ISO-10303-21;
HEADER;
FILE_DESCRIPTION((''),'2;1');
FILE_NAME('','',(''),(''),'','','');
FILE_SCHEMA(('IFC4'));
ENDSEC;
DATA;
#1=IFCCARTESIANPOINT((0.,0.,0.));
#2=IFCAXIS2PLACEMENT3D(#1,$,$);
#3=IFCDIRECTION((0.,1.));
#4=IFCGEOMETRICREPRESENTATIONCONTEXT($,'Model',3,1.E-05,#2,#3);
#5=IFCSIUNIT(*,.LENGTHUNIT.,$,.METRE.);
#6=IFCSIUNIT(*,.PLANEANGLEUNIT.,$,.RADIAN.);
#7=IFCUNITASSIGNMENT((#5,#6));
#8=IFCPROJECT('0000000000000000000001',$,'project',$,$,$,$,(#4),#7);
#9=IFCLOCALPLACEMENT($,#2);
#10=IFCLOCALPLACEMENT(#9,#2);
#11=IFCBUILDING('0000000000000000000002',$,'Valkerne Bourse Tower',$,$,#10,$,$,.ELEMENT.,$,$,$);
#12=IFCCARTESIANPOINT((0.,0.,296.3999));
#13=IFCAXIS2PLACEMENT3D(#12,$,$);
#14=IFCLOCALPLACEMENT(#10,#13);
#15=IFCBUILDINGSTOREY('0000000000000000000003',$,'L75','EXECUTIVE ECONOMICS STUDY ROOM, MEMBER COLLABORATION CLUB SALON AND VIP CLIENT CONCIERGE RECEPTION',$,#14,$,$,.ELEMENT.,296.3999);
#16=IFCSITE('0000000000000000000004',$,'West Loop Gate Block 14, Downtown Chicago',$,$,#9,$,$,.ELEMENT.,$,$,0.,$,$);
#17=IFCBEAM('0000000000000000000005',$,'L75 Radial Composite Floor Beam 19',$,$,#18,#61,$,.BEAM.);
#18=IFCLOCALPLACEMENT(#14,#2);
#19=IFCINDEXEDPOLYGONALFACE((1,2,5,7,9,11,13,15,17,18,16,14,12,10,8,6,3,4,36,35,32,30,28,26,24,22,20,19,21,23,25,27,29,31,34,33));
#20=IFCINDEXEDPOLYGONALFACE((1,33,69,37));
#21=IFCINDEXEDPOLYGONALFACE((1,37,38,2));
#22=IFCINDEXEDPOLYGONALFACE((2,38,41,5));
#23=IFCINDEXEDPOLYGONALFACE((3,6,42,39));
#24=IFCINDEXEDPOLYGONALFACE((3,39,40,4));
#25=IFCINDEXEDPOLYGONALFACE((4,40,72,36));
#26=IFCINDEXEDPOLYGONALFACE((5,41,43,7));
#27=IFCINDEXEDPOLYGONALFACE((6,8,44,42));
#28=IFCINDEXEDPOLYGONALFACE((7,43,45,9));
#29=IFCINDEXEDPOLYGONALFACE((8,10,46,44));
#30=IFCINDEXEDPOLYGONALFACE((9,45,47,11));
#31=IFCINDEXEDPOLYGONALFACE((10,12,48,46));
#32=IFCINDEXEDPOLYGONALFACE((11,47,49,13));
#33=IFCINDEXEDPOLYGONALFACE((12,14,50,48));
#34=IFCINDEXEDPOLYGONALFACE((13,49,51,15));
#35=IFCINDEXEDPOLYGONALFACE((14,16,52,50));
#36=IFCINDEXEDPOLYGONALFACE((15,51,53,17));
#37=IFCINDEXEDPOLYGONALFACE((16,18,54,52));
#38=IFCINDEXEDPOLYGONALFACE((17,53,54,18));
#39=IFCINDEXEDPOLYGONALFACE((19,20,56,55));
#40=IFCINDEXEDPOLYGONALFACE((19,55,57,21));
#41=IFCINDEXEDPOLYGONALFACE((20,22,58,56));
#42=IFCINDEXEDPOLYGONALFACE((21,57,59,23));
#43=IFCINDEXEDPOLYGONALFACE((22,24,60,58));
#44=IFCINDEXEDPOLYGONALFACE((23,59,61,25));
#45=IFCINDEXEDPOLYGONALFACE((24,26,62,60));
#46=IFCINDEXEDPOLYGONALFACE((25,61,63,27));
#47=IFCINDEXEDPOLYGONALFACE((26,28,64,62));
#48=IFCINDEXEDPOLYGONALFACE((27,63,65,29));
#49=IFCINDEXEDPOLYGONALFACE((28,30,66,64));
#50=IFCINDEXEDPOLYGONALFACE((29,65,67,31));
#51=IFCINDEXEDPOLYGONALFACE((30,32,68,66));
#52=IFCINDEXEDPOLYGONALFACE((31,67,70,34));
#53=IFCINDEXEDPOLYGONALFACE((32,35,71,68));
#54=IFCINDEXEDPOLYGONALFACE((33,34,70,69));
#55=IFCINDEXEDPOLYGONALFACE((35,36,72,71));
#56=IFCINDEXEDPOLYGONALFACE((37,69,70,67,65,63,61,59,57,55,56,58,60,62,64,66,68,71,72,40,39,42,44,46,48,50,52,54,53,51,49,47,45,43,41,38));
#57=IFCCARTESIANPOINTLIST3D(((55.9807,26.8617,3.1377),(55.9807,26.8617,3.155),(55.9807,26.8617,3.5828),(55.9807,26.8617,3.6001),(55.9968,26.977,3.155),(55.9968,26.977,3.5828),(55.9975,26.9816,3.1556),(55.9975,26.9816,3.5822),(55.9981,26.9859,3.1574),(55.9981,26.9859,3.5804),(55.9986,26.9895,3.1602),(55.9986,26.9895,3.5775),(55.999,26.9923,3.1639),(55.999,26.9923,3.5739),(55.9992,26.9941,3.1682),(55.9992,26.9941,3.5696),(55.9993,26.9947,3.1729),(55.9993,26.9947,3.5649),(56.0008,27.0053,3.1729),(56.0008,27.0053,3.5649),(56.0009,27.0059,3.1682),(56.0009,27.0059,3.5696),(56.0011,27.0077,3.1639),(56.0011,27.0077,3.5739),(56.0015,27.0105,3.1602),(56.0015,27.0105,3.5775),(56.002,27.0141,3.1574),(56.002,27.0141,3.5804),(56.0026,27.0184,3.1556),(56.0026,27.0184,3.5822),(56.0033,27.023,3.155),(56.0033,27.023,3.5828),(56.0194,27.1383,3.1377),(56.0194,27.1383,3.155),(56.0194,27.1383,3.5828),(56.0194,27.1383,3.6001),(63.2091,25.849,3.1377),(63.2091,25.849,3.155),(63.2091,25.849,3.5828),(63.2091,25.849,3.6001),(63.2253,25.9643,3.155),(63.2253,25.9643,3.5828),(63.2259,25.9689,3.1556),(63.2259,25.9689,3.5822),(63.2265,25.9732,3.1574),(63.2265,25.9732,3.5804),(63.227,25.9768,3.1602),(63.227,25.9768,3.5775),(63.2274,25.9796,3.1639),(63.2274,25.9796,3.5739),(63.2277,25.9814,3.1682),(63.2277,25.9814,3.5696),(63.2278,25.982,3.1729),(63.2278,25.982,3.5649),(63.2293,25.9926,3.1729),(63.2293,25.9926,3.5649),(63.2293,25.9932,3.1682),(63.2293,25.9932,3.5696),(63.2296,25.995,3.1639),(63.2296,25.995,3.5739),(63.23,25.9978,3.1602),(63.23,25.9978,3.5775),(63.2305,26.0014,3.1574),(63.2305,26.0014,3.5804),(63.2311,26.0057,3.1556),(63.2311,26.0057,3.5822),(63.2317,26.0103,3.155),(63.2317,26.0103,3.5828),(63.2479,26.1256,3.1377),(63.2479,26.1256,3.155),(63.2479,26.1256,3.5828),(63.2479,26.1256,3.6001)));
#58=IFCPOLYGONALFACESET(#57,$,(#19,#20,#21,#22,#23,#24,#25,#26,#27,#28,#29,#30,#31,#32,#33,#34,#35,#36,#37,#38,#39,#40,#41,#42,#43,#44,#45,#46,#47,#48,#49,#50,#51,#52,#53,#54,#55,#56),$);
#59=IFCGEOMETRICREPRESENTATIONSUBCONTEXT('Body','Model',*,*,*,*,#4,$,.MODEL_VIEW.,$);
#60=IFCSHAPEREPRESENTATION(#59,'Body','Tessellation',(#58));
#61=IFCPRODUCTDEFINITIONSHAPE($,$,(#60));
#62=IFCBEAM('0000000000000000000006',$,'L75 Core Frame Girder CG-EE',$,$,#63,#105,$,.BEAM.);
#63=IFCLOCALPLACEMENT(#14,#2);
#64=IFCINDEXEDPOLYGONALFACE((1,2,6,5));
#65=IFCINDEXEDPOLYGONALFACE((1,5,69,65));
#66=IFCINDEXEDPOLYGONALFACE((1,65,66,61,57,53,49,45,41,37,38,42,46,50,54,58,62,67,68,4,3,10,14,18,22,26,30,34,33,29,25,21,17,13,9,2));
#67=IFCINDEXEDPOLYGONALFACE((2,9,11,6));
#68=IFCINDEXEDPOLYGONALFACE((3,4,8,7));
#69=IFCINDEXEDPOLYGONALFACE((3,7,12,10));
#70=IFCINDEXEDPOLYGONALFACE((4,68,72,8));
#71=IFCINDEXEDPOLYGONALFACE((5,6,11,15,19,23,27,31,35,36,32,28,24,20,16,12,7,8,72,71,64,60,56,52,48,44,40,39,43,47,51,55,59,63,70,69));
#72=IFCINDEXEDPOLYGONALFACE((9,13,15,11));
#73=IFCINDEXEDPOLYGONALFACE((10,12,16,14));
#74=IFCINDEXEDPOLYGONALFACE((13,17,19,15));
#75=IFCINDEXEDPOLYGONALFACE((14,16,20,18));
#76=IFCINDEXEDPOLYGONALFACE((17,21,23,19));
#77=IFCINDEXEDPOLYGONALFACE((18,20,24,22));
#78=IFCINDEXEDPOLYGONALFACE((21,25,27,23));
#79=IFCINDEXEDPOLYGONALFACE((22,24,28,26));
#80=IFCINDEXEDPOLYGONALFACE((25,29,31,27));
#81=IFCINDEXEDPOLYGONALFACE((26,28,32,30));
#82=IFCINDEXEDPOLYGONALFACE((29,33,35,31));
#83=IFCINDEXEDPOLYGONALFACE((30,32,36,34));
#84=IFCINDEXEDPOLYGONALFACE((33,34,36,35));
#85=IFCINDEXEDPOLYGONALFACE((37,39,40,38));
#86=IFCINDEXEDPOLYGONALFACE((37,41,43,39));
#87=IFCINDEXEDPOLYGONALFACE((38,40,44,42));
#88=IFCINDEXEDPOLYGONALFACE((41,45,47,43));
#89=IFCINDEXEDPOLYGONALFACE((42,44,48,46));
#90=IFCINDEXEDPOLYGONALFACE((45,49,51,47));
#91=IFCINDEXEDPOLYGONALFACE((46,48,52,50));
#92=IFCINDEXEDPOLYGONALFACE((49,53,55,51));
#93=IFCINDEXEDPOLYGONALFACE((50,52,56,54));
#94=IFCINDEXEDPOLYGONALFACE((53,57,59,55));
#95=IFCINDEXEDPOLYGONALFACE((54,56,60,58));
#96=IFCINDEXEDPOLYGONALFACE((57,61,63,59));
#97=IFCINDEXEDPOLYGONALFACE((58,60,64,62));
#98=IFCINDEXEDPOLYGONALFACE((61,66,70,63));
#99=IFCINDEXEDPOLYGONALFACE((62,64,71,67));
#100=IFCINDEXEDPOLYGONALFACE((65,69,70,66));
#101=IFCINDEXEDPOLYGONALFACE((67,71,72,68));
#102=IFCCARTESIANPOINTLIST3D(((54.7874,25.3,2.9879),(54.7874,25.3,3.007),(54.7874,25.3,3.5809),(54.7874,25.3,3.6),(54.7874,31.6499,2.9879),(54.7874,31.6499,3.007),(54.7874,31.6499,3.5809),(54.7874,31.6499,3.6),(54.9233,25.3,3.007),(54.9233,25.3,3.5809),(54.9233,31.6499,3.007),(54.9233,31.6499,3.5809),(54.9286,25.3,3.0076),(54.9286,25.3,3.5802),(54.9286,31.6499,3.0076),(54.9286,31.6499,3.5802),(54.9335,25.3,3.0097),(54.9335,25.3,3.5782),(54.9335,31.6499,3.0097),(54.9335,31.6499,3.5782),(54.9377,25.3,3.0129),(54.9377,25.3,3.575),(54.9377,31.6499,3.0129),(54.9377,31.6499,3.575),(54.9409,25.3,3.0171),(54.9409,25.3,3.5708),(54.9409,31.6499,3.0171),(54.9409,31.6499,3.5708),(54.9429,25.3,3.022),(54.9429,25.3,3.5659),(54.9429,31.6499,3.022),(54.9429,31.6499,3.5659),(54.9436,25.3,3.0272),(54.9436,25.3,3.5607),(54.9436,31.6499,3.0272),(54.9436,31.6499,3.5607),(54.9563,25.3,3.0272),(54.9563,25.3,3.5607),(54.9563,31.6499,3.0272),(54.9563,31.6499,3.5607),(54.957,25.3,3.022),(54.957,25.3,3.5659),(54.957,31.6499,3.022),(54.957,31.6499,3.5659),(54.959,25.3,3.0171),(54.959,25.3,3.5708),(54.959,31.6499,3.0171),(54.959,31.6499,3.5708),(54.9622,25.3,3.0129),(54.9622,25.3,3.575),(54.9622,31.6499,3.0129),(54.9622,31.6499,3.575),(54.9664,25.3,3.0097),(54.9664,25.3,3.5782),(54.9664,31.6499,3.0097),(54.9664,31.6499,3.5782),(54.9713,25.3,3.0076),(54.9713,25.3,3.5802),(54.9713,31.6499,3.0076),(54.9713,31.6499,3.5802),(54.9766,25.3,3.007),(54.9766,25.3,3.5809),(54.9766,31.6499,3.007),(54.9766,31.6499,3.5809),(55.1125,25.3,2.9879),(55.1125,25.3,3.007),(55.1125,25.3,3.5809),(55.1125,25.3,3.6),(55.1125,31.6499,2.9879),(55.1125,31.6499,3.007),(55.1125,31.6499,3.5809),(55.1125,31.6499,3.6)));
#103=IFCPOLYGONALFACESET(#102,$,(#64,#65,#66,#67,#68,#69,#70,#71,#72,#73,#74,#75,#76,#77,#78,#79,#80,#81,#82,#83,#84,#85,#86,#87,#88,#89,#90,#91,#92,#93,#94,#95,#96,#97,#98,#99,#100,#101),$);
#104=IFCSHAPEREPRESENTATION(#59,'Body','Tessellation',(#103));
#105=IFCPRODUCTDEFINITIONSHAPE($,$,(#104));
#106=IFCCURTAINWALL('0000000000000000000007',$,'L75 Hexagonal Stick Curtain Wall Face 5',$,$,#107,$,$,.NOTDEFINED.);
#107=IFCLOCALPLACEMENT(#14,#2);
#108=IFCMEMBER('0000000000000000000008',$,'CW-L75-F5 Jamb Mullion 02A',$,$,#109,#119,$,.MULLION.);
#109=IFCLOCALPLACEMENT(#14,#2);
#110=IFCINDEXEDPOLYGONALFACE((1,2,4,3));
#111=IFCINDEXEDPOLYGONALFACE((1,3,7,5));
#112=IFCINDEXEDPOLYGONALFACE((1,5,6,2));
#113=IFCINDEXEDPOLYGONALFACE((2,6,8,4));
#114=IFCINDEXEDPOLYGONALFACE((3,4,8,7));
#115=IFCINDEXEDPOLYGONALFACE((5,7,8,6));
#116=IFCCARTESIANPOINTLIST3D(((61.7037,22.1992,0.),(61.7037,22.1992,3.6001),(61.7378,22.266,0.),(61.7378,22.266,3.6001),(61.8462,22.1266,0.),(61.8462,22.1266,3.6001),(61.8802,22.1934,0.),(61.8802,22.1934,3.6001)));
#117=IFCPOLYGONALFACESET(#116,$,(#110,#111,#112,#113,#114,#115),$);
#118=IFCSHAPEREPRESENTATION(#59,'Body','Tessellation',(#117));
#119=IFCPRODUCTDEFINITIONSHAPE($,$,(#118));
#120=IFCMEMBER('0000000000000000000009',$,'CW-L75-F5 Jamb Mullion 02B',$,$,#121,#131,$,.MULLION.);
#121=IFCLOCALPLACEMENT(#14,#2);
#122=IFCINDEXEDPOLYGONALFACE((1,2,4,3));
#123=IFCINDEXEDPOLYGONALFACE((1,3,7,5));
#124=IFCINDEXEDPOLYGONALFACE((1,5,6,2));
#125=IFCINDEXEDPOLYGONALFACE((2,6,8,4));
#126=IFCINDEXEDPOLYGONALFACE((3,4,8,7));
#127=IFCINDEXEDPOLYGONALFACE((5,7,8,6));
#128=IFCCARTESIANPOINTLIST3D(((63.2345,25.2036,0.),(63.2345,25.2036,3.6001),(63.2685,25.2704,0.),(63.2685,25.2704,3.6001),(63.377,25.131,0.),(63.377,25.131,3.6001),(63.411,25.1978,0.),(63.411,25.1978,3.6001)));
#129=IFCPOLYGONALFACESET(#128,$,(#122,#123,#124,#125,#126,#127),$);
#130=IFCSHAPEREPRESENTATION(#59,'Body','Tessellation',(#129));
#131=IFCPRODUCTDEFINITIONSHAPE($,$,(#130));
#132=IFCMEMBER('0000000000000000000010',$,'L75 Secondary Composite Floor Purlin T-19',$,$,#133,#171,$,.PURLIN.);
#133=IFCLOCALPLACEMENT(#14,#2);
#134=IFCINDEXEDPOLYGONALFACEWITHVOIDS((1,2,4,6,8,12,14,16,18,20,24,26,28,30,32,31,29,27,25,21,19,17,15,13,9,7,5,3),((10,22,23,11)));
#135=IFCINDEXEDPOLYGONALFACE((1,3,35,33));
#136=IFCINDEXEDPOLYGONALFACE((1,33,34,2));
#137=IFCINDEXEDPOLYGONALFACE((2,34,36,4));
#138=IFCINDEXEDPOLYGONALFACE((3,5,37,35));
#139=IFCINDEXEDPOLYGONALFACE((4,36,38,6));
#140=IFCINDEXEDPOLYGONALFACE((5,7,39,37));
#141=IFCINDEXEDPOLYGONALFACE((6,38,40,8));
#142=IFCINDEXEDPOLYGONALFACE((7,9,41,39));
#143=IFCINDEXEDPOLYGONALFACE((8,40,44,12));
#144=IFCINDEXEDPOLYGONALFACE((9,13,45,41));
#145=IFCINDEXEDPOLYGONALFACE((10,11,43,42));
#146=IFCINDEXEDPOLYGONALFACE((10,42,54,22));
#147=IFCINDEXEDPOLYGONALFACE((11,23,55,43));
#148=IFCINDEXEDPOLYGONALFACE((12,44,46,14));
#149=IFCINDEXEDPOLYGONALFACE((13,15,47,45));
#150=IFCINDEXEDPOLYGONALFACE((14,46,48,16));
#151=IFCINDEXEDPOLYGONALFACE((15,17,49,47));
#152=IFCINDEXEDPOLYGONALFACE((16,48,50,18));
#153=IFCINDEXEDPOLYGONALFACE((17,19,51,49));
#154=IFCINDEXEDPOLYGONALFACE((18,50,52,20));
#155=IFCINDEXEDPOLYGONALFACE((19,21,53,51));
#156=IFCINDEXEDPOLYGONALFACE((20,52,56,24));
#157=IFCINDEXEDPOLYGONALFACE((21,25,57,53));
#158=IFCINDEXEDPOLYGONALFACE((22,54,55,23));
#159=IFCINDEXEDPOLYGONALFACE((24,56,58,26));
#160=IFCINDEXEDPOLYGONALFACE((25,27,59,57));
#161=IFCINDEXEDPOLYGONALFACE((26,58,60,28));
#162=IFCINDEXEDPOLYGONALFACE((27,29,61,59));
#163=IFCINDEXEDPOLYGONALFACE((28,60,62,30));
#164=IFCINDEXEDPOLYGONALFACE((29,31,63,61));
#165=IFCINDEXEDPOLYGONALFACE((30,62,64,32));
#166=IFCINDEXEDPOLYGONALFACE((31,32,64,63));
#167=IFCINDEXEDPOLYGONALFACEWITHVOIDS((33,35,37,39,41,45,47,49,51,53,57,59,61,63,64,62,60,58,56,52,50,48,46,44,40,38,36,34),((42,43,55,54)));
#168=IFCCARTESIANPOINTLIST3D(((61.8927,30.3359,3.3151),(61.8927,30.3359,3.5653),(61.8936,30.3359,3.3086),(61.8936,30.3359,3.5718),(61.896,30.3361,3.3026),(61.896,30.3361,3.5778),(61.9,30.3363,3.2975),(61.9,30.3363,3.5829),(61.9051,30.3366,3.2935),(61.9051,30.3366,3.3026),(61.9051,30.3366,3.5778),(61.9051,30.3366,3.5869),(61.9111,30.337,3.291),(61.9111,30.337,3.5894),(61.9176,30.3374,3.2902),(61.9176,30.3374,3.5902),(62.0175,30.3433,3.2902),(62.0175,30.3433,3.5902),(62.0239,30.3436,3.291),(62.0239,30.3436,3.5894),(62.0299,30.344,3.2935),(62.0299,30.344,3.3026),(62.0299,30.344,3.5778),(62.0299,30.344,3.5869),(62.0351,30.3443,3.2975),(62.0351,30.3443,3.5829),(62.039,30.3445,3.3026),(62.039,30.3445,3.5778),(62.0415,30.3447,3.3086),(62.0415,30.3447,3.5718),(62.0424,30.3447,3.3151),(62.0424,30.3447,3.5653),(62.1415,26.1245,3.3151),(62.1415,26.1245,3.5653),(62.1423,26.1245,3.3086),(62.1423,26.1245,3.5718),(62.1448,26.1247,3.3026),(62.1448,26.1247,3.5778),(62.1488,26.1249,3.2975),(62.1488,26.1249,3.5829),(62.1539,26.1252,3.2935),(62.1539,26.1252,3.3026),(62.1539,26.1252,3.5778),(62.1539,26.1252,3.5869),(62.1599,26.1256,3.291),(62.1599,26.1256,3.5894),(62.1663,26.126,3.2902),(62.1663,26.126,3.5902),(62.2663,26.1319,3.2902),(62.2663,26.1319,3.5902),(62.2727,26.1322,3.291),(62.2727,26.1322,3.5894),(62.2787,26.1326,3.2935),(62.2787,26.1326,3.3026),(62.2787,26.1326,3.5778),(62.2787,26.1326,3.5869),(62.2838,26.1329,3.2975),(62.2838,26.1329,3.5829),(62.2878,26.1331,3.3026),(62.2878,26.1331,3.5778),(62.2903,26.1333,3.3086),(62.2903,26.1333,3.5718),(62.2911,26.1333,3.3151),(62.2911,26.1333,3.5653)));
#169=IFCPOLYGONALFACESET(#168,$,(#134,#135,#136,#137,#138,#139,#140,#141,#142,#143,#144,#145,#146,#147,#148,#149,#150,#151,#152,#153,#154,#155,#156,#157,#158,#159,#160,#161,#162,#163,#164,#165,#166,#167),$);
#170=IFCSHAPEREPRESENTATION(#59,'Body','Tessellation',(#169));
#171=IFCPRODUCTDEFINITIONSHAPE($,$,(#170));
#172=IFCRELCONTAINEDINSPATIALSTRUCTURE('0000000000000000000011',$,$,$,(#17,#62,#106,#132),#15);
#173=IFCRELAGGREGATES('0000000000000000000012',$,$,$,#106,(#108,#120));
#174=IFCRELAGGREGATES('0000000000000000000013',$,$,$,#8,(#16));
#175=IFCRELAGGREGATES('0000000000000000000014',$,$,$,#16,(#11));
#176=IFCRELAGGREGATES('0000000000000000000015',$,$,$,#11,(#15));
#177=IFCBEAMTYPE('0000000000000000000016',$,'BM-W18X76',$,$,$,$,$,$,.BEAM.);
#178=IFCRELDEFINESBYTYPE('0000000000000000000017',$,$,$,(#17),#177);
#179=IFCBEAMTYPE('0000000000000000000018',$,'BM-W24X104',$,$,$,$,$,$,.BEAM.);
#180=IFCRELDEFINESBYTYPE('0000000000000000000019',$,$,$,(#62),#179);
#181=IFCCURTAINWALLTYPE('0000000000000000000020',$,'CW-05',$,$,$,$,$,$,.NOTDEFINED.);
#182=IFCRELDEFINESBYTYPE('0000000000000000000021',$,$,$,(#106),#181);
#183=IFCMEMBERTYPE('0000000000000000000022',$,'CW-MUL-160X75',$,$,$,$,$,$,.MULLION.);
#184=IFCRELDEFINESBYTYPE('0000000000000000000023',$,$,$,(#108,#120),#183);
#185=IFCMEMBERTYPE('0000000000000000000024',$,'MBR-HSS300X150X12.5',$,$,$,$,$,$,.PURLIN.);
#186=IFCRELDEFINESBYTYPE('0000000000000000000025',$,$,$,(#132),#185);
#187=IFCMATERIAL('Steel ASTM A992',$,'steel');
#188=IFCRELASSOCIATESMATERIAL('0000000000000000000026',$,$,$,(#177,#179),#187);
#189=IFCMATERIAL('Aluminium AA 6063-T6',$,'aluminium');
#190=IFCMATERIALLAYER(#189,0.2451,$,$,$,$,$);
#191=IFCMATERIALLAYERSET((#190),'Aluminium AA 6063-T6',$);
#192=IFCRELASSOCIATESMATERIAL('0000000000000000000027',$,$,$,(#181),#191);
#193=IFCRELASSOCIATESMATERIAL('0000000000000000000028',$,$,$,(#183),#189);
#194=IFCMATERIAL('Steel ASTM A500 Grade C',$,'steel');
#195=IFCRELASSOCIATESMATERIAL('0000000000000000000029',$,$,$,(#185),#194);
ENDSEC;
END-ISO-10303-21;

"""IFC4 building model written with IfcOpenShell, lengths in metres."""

from ifc_helpers import new_model, si_unit, direction, frame, origin, origin_2d, place, context, subcontext, project, spatial, rectangle, hollow_rectangle, i_section, extrude, material, layer, layer_set, material_profile, profile_set, type_object, element, aggregate, save


model = new_model("IFC4")

# Units and contexts
model_context = context("Model", 3, precision=1e-05, world=origin(), true_north=direction((0.0, 1.0)))
body_context = subcontext(model_context, "Body", "Model", "MODEL_VIEW")
ifc_project = project(units=[si_unit("LENGTHUNIT", "METRE"), si_unit("PLANEANGLEUNIT", "RADIAN")], contexts=[model_context])

# Site, building, storey
site_placement = place(None, origin())
site = spatial("IfcSite", under=ifc_project, at=site_placement, Name="West Loop Gate Block 14, Downtown Chicago", CompositionType="ELEMENT", RefElevation=0.0)
building_placement = place(site_placement, origin())
building = spatial("IfcBuilding", under=site, at=building_placement, Name="Valkerne Bourse Tower", CompositionType="ELEMENT")
storey_placement = place(building_placement, frame((0.0, 0.0, 296.3999)))
storey = spatial("IfcBuildingStorey", under=building, at=storey_placement, Name="L75", Description="EXECUTIVE ECONOMICS STUDY ROOM, MEMBER COLLABORATION CLUB SALON AND VIP CLIENT CONCIERGE RECEPTION", CompositionType="ELEMENT", Elevation=296.3999)

# Shared definitions
ifc_material_1 = material(Name="Steel ASTM A500 Grade C", Category="steel")

# Beams
ifc_material_2 = material(Name="Steel ASTM A992", Category="steel")
ifc_material_profile_1 = material_profile(ifc_material_2, i_section(OverallWidth=0.2793, OverallDepth=0.4624, WebThickness=0.0107, FlangeThickness=0.0173, FilletRadius=0.0178, at=origin_2d()), Name="W18X76")
ifc_profile_set_1 = profile_set([ifc_material_profile_1], Name="Steel ASTM A992")
beam_type_1 = type_object("IfcBeamType", Name="BM-W18X76", PredefinedType="BEAM", material=ifc_profile_set_1)
beam_1_placement = place(storey_placement, frame((63.2285, 25.9873, 3.3689), z_axis=(-0.990329, 0.138742, 0.0), x_axis=(-0.138742, -0.990329, 0.0)))
element("IfcBeam", 1, at=beam_1_placement, inside=storey, type_object=beam_type_1, Name="L75 Radial Composite Floor Beam 19", PredefinedType="BEAM", context=body_context, shape_type="SweptSolid", body=[
    extrude(i_section(OverallWidth=0.2793, OverallDepth=0.4624, WebThickness=0.0107, FlangeThickness=0.0173, FilletRadius=0.0178, at=origin_2d()), origin(), (0.0, 0.0, 1.0), 7.2991),
])
ifc_material_profile_2 = material_profile(ifc_material_2, i_section(OverallWidth=0.3252, OverallDepth=0.6121, WebThickness=0.0127, FlangeThickness=0.019, FilletRadius=0.0203, at=origin_2d()), Name="W24X104")
ifc_profile_set_2 = profile_set([ifc_material_profile_2], Name="Steel ASTM A992")
beam_type_2 = type_object("IfcBeamType", Name="BM-W24X104", PredefinedType="BEAM", material=ifc_profile_set_2)
beam_2_placement = place(storey_placement, frame((54.95, 25.3, 3.2939), z_axis=(0.0, 1.0, 0.0), x_axis=(-1.0, 0.0, 0.0)))
element("IfcBeam", 2, at=beam_2_placement, inside=storey, type_object=beam_type_2, Name="L75 Core Frame Girder CG-EE", PredefinedType="BEAM", context=body_context, shape_type="SweptSolid", body=[
    extrude(i_section(OverallWidth=0.3252, OverallDepth=0.6121, WebThickness=0.0127, FlangeThickness=0.019, FilletRadius=0.0203, at=origin_2d()), origin(), (0.0, 0.0, 1.0), 6.3499),
])

# Curtain wall, members
ifc_material_3 = material(Name="Aluminium AA 6063-T6", Category="aluminium")
ifc_layer_1 = layer(ifc_material_3, 0.2451)
ifc_layer_set_1 = layer_set([ifc_layer_1], Name="Aluminium AA 6063-T6")
curtain_wall_type = type_object("IfcCurtainWallType", Name="CW-05", PredefinedType="NOTDEFINED", material=ifc_layer_set_1)
curtain_wall_placement = place(storey_placement, origin())
curtain_wall = element("IfcCurtainWall", 3, at=curtain_wall_placement, inside=storey, type_object=curtain_wall_type, Name="L75 Hexagonal Stick Curtain Wall Face 5", PredefinedType="NOTDEFINED")
ifc_material_profile_3 = material_profile(ifc_material_3, rectangle(XDim=0.075, YDim=0.1599, at=origin_2d()), Name="CWM-75X160")
ifc_profile_set_3 = profile_set([ifc_material_profile_3], Name="Aluminium AA 6063-T6")
member_type_1 = type_object("IfcMemberType", Name="CW-MUL-160X75", PredefinedType="MULLION", material=ifc_profile_set_3)
member_1_placement = place(storey_placement, frame((61.792, 22.1963, 0.0), z_axis=(0.0, 0.0, 1.0), x_axis=(0.453991, 0.891006, 0.0)))
member_1 = element("IfcMember", 4, at=member_1_placement, type_object=member_type_1, Name="CW-L75-F5 Jamb Mullion 02A", PredefinedType="MULLION", context=body_context, shape_type="SweptSolid", body=[
    extrude(rectangle(XDim=0.075, YDim=0.1599, at=origin_2d()), origin(), (0.0, 0.0, 1.0), 3.6001),
])
member_2_placement = place(storey_placement, frame((63.3228, 25.2007, 0.0), z_axis=(0.0, 0.0, 1.0), x_axis=(0.453991, 0.891006, 0.0)))
member_2 = element("IfcMember", 5, at=member_2_placement, type_object=member_type_1, Name="CW-L75-F5 Jamb Mullion 02B", PredefinedType="MULLION", context=body_context, shape_type="SweptSolid", body=[
    extrude(rectangle(XDim=0.075, YDim=0.1599, at=origin_2d()), origin(), (0.0, 0.0, 1.0), 3.6001),
])

# Member
ifc_material_profile_4 = material_profile(ifc_material_1, hollow_rectangle(XDim=0.1499, YDim=0.3, WallThickness=0.0125, OuterFilletRadius=0.0249, at=origin_2d()), Name="HSS300X150X12.5")
ifc_profile_set_4 = profile_set([ifc_material_profile_4], Name="Steel ASTM A500 Grade C")
member_type_2 = type_object("IfcMemberType", Name="MBR-HSS300X150X12.5", PredefinedType="PURLIN", material=ifc_profile_set_4)
member_3_placement = place(storey_placement, frame((62.2163, 26.1289, 3.4402), z_axis=(-0.05897, 0.99826, 0.0), x_axis=(-0.99826, -0.05897, 0.0)))
element("IfcMember", 6, at=member_3_placement, inside=storey, type_object=member_type_2, Name="L75 Secondary Composite Floor Purlin T-19", PredefinedType="PURLIN", context=body_context, shape_type="SweptSolid", body=[
    extrude(hollow_rectangle(XDim=0.1499, YDim=0.3, WallThickness=0.0125, OuterFilletRadius=0.0249, at=origin_2d()), origin(), (0.0, 0.0, 1.0), 4.2188),
])

aggregate(curtain_wall, [member_1, member_2])

save(model, "model.ifc")
